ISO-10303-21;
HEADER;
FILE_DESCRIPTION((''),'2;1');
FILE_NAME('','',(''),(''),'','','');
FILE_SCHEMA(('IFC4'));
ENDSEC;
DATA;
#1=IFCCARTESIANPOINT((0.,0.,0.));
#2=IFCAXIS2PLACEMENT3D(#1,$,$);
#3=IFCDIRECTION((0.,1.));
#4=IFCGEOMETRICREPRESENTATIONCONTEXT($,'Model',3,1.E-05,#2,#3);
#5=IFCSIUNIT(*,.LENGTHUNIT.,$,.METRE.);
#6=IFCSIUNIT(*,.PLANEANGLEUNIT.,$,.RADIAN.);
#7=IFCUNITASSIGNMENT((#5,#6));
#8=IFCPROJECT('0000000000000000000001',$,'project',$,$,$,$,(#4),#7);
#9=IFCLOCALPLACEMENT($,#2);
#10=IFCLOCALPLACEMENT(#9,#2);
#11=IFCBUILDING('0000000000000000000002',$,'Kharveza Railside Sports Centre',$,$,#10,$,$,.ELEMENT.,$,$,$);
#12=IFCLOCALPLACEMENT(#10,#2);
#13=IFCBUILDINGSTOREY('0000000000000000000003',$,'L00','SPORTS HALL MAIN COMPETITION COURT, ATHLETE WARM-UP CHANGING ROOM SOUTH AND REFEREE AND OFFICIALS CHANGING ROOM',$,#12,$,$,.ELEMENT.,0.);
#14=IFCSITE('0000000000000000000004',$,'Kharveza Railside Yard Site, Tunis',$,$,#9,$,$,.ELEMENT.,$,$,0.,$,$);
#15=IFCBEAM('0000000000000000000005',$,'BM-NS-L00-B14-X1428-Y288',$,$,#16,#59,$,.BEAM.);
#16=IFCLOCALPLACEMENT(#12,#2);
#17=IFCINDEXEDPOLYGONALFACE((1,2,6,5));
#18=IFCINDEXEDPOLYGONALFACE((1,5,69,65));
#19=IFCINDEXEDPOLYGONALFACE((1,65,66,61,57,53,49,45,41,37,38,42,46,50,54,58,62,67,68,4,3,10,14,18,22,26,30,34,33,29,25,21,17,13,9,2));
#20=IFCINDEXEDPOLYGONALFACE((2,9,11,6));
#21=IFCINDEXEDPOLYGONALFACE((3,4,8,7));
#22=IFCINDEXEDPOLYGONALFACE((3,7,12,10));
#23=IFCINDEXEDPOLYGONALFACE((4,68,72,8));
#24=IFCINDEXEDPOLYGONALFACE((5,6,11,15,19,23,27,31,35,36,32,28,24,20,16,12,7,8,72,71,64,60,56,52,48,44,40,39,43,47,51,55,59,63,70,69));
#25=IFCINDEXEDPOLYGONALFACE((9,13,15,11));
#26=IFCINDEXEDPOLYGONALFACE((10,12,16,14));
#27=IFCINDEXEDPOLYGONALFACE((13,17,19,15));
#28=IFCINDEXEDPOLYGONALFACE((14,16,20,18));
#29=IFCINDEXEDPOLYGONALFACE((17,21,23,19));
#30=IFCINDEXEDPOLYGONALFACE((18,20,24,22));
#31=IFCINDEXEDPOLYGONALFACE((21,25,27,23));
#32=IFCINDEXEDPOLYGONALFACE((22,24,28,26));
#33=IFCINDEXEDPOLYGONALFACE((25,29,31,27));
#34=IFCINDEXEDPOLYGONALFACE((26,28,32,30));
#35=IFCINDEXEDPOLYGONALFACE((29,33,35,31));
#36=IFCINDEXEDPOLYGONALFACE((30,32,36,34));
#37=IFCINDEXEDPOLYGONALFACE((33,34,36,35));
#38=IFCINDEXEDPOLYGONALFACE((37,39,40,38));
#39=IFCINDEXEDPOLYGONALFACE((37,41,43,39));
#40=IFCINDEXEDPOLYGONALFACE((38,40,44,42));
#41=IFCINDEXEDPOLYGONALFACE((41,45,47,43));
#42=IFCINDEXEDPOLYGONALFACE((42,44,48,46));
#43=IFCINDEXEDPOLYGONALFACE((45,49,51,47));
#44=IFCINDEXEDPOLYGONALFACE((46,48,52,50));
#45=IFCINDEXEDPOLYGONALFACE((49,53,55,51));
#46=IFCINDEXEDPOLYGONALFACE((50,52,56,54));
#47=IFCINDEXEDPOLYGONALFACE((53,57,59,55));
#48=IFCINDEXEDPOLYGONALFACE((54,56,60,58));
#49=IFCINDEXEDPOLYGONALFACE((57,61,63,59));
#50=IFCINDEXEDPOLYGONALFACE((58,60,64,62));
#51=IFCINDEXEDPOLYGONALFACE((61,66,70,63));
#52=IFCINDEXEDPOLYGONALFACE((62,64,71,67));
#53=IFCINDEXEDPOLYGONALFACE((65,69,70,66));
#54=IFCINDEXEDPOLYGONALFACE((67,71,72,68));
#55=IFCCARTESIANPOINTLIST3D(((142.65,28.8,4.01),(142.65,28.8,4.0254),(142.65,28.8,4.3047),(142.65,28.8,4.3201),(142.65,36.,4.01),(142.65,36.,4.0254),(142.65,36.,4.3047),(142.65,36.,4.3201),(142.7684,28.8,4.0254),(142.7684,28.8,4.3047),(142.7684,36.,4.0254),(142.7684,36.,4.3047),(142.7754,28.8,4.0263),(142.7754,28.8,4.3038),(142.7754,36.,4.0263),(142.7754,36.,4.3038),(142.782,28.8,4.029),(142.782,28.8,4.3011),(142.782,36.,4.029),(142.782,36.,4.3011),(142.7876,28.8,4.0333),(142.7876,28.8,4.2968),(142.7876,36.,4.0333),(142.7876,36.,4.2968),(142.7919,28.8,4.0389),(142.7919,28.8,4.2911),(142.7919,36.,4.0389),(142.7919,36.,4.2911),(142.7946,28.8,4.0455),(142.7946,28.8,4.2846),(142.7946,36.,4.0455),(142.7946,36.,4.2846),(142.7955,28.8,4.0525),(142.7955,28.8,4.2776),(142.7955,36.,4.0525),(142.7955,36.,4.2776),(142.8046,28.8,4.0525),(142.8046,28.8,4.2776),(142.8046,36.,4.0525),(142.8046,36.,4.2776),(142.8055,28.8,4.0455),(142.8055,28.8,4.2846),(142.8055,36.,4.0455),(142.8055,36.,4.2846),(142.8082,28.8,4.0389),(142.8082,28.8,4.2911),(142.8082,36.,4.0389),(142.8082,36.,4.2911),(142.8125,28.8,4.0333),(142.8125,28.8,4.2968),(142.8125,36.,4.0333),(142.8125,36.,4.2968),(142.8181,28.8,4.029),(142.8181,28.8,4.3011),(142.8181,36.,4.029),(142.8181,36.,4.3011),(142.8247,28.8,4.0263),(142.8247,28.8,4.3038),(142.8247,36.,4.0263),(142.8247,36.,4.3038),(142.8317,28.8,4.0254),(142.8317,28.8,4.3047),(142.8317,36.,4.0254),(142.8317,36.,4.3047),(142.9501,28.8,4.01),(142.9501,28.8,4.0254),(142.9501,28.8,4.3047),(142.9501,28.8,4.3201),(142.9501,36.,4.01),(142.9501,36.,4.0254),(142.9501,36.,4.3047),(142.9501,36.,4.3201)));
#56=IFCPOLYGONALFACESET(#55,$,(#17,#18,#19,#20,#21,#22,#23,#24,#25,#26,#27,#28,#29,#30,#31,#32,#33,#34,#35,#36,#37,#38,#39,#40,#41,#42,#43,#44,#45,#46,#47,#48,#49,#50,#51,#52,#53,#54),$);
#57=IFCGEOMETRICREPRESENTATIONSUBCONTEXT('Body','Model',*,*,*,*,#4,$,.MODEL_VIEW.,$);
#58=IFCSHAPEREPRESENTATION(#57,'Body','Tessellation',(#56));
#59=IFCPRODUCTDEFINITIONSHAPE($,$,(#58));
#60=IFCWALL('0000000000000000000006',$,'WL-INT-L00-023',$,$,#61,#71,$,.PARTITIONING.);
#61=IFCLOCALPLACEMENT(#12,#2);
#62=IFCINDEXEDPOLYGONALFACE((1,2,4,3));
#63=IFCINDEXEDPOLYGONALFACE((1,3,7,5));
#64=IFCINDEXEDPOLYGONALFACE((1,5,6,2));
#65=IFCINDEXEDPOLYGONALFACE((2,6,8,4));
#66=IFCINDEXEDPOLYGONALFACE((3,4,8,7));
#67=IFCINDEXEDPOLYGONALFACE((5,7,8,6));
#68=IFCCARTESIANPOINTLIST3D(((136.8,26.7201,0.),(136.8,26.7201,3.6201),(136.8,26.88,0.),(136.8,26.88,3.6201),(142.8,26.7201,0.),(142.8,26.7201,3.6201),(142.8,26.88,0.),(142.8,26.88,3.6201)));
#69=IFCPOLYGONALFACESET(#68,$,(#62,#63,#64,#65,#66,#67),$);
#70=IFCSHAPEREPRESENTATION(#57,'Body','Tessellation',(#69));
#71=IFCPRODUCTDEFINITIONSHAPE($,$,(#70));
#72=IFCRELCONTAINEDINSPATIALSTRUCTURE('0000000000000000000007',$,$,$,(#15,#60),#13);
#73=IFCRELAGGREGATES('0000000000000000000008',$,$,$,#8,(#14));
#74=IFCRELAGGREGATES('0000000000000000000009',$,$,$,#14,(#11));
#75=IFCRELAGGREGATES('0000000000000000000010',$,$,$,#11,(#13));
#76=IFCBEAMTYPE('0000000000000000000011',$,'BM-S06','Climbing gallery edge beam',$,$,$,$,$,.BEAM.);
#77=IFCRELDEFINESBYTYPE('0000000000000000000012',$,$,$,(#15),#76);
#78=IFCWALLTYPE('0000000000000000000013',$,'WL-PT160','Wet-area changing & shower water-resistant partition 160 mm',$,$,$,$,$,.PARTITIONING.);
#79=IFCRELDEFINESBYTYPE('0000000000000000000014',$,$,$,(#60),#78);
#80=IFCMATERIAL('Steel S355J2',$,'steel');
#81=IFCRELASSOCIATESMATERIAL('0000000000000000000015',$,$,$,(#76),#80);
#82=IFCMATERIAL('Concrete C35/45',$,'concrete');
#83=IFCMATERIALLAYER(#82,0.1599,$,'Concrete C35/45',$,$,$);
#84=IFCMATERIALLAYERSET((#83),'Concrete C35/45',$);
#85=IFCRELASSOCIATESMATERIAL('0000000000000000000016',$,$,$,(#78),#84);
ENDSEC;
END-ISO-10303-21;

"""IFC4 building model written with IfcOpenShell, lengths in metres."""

from ifc_helpers import new_model, si_unit, direction, frame, frame_2d, origin, origin_2d, place, context, subcontext, project, spatial, rectangle, i_section, extrude, material, layer, layer_set, material_profile, profile_set, type_object, element, save


model = new_model("IFC4")

# Units and contexts
model_context = context("Model", 3, precision=1e-05, world=origin(), true_north=direction((0.0, 1.0)))
body_context = subcontext(model_context, "Body", "Model", "MODEL_VIEW")
ifc_project = project(units=[si_unit("LENGTHUNIT", "METRE"), si_unit("PLANEANGLEUNIT", "RADIAN")], contexts=[model_context])

# Site, building, storey
site_placement = place(None, origin())
site = spatial("IfcSite", under=ifc_project, at=site_placement, Name="Kharveza Railside Yard Site, Tunis", CompositionType="ELEMENT", RefElevation=0.0)
building_placement = place(site_placement, origin())
building = spatial("IfcBuilding", under=site, at=building_placement, Name="Kharveza Railside Sports Centre", CompositionType="ELEMENT")
storey_placement = place(building_placement, origin())
storey = spatial("IfcBuildingStorey", under=building, at=storey_placement, Name="L00", Description="SPORTS HALL MAIN COMPETITION COURT, ATHLETE WARM-UP CHANGING ROOM SOUTH AND REFEREE AND OFFICIALS CHANGING ROOM", CompositionType="ELEMENT", Elevation=0.0)

# Shared definitions
ifc_material_1 = material(Name="Concrete C35/45", Category="concrete")

# Shared definitions
ifc_material_2 = material(Name="Steel S355J2", Category="steel")

# Beam
ifc_material_profile_1 = material_profile(ifc_material_2, i_section(OverallWidth=0.3, OverallDepth=0.3101, WebThickness=0.009, FlangeThickness=0.0154, FilletRadius=0.0271, at=origin_2d()), Name="HEA 320")
ifc_profile_set_1 = profile_set([ifc_material_profile_1], Name="Steel S355J2")
beam_type_1 = type_object("IfcBeamType", Name="BM-S06", Description="Climbing gallery edge beam", PredefinedType="BEAM", material=ifc_profile_set_1)
beam_1_placement = place(storey_placement, frame((142.8, 28.8, 4.165), z_axis=(0.0, 1.0, 0.0), x_axis=(-1.0, 0.0, 0.0)))
element("IfcBeam", 1, at=beam_1_placement, inside=storey, type_object=beam_type_1, Name="BM-NS-L00-B14-X1428-Y288", PredefinedType="BEAM", context=body_context, shape_type="SweptSolid", body=[
    extrude(i_section(OverallWidth=0.3, OverallDepth=0.3101, WebThickness=0.009, FlangeThickness=0.0154, FilletRadius=0.0271, at=origin_2d()), origin(), (0.0, 0.0, 1.0), 7.2),
])

# Wall
ifc_layer = layer(ifc_material_1, 0.1599, Name="Concrete C35/45")
ifc_layer_set = layer_set([ifc_layer], Name="Concrete C35/45")
wall_type = type_object("IfcWallType", Name="WL-PT160", Description="Wet-area changing & shower water-resistant partition 160 mm", PredefinedType="PARTITIONING", material=ifc_layer_set)
wall_placement = place(storey_placement, frame((136.8, 26.8, 0.0), z_axis=(0.0, 0.0, 1.0), x_axis=(1.0, 0.0, 0.0)))
element("IfcWall", 2, at=wall_placement, inside=storey, type_object=wall_type, Name="WL-INT-L00-023", PredefinedType="PARTITIONING", context=body_context, shape_type="SweptSolid", body=[
    extrude(rectangle(XDim=6.0, YDim=0.1599, at=frame_2d((3.0, 0.0))), origin(), (0.0, 0.0, 1.0), 3.6201),
])

save(model, "model.ifc")
